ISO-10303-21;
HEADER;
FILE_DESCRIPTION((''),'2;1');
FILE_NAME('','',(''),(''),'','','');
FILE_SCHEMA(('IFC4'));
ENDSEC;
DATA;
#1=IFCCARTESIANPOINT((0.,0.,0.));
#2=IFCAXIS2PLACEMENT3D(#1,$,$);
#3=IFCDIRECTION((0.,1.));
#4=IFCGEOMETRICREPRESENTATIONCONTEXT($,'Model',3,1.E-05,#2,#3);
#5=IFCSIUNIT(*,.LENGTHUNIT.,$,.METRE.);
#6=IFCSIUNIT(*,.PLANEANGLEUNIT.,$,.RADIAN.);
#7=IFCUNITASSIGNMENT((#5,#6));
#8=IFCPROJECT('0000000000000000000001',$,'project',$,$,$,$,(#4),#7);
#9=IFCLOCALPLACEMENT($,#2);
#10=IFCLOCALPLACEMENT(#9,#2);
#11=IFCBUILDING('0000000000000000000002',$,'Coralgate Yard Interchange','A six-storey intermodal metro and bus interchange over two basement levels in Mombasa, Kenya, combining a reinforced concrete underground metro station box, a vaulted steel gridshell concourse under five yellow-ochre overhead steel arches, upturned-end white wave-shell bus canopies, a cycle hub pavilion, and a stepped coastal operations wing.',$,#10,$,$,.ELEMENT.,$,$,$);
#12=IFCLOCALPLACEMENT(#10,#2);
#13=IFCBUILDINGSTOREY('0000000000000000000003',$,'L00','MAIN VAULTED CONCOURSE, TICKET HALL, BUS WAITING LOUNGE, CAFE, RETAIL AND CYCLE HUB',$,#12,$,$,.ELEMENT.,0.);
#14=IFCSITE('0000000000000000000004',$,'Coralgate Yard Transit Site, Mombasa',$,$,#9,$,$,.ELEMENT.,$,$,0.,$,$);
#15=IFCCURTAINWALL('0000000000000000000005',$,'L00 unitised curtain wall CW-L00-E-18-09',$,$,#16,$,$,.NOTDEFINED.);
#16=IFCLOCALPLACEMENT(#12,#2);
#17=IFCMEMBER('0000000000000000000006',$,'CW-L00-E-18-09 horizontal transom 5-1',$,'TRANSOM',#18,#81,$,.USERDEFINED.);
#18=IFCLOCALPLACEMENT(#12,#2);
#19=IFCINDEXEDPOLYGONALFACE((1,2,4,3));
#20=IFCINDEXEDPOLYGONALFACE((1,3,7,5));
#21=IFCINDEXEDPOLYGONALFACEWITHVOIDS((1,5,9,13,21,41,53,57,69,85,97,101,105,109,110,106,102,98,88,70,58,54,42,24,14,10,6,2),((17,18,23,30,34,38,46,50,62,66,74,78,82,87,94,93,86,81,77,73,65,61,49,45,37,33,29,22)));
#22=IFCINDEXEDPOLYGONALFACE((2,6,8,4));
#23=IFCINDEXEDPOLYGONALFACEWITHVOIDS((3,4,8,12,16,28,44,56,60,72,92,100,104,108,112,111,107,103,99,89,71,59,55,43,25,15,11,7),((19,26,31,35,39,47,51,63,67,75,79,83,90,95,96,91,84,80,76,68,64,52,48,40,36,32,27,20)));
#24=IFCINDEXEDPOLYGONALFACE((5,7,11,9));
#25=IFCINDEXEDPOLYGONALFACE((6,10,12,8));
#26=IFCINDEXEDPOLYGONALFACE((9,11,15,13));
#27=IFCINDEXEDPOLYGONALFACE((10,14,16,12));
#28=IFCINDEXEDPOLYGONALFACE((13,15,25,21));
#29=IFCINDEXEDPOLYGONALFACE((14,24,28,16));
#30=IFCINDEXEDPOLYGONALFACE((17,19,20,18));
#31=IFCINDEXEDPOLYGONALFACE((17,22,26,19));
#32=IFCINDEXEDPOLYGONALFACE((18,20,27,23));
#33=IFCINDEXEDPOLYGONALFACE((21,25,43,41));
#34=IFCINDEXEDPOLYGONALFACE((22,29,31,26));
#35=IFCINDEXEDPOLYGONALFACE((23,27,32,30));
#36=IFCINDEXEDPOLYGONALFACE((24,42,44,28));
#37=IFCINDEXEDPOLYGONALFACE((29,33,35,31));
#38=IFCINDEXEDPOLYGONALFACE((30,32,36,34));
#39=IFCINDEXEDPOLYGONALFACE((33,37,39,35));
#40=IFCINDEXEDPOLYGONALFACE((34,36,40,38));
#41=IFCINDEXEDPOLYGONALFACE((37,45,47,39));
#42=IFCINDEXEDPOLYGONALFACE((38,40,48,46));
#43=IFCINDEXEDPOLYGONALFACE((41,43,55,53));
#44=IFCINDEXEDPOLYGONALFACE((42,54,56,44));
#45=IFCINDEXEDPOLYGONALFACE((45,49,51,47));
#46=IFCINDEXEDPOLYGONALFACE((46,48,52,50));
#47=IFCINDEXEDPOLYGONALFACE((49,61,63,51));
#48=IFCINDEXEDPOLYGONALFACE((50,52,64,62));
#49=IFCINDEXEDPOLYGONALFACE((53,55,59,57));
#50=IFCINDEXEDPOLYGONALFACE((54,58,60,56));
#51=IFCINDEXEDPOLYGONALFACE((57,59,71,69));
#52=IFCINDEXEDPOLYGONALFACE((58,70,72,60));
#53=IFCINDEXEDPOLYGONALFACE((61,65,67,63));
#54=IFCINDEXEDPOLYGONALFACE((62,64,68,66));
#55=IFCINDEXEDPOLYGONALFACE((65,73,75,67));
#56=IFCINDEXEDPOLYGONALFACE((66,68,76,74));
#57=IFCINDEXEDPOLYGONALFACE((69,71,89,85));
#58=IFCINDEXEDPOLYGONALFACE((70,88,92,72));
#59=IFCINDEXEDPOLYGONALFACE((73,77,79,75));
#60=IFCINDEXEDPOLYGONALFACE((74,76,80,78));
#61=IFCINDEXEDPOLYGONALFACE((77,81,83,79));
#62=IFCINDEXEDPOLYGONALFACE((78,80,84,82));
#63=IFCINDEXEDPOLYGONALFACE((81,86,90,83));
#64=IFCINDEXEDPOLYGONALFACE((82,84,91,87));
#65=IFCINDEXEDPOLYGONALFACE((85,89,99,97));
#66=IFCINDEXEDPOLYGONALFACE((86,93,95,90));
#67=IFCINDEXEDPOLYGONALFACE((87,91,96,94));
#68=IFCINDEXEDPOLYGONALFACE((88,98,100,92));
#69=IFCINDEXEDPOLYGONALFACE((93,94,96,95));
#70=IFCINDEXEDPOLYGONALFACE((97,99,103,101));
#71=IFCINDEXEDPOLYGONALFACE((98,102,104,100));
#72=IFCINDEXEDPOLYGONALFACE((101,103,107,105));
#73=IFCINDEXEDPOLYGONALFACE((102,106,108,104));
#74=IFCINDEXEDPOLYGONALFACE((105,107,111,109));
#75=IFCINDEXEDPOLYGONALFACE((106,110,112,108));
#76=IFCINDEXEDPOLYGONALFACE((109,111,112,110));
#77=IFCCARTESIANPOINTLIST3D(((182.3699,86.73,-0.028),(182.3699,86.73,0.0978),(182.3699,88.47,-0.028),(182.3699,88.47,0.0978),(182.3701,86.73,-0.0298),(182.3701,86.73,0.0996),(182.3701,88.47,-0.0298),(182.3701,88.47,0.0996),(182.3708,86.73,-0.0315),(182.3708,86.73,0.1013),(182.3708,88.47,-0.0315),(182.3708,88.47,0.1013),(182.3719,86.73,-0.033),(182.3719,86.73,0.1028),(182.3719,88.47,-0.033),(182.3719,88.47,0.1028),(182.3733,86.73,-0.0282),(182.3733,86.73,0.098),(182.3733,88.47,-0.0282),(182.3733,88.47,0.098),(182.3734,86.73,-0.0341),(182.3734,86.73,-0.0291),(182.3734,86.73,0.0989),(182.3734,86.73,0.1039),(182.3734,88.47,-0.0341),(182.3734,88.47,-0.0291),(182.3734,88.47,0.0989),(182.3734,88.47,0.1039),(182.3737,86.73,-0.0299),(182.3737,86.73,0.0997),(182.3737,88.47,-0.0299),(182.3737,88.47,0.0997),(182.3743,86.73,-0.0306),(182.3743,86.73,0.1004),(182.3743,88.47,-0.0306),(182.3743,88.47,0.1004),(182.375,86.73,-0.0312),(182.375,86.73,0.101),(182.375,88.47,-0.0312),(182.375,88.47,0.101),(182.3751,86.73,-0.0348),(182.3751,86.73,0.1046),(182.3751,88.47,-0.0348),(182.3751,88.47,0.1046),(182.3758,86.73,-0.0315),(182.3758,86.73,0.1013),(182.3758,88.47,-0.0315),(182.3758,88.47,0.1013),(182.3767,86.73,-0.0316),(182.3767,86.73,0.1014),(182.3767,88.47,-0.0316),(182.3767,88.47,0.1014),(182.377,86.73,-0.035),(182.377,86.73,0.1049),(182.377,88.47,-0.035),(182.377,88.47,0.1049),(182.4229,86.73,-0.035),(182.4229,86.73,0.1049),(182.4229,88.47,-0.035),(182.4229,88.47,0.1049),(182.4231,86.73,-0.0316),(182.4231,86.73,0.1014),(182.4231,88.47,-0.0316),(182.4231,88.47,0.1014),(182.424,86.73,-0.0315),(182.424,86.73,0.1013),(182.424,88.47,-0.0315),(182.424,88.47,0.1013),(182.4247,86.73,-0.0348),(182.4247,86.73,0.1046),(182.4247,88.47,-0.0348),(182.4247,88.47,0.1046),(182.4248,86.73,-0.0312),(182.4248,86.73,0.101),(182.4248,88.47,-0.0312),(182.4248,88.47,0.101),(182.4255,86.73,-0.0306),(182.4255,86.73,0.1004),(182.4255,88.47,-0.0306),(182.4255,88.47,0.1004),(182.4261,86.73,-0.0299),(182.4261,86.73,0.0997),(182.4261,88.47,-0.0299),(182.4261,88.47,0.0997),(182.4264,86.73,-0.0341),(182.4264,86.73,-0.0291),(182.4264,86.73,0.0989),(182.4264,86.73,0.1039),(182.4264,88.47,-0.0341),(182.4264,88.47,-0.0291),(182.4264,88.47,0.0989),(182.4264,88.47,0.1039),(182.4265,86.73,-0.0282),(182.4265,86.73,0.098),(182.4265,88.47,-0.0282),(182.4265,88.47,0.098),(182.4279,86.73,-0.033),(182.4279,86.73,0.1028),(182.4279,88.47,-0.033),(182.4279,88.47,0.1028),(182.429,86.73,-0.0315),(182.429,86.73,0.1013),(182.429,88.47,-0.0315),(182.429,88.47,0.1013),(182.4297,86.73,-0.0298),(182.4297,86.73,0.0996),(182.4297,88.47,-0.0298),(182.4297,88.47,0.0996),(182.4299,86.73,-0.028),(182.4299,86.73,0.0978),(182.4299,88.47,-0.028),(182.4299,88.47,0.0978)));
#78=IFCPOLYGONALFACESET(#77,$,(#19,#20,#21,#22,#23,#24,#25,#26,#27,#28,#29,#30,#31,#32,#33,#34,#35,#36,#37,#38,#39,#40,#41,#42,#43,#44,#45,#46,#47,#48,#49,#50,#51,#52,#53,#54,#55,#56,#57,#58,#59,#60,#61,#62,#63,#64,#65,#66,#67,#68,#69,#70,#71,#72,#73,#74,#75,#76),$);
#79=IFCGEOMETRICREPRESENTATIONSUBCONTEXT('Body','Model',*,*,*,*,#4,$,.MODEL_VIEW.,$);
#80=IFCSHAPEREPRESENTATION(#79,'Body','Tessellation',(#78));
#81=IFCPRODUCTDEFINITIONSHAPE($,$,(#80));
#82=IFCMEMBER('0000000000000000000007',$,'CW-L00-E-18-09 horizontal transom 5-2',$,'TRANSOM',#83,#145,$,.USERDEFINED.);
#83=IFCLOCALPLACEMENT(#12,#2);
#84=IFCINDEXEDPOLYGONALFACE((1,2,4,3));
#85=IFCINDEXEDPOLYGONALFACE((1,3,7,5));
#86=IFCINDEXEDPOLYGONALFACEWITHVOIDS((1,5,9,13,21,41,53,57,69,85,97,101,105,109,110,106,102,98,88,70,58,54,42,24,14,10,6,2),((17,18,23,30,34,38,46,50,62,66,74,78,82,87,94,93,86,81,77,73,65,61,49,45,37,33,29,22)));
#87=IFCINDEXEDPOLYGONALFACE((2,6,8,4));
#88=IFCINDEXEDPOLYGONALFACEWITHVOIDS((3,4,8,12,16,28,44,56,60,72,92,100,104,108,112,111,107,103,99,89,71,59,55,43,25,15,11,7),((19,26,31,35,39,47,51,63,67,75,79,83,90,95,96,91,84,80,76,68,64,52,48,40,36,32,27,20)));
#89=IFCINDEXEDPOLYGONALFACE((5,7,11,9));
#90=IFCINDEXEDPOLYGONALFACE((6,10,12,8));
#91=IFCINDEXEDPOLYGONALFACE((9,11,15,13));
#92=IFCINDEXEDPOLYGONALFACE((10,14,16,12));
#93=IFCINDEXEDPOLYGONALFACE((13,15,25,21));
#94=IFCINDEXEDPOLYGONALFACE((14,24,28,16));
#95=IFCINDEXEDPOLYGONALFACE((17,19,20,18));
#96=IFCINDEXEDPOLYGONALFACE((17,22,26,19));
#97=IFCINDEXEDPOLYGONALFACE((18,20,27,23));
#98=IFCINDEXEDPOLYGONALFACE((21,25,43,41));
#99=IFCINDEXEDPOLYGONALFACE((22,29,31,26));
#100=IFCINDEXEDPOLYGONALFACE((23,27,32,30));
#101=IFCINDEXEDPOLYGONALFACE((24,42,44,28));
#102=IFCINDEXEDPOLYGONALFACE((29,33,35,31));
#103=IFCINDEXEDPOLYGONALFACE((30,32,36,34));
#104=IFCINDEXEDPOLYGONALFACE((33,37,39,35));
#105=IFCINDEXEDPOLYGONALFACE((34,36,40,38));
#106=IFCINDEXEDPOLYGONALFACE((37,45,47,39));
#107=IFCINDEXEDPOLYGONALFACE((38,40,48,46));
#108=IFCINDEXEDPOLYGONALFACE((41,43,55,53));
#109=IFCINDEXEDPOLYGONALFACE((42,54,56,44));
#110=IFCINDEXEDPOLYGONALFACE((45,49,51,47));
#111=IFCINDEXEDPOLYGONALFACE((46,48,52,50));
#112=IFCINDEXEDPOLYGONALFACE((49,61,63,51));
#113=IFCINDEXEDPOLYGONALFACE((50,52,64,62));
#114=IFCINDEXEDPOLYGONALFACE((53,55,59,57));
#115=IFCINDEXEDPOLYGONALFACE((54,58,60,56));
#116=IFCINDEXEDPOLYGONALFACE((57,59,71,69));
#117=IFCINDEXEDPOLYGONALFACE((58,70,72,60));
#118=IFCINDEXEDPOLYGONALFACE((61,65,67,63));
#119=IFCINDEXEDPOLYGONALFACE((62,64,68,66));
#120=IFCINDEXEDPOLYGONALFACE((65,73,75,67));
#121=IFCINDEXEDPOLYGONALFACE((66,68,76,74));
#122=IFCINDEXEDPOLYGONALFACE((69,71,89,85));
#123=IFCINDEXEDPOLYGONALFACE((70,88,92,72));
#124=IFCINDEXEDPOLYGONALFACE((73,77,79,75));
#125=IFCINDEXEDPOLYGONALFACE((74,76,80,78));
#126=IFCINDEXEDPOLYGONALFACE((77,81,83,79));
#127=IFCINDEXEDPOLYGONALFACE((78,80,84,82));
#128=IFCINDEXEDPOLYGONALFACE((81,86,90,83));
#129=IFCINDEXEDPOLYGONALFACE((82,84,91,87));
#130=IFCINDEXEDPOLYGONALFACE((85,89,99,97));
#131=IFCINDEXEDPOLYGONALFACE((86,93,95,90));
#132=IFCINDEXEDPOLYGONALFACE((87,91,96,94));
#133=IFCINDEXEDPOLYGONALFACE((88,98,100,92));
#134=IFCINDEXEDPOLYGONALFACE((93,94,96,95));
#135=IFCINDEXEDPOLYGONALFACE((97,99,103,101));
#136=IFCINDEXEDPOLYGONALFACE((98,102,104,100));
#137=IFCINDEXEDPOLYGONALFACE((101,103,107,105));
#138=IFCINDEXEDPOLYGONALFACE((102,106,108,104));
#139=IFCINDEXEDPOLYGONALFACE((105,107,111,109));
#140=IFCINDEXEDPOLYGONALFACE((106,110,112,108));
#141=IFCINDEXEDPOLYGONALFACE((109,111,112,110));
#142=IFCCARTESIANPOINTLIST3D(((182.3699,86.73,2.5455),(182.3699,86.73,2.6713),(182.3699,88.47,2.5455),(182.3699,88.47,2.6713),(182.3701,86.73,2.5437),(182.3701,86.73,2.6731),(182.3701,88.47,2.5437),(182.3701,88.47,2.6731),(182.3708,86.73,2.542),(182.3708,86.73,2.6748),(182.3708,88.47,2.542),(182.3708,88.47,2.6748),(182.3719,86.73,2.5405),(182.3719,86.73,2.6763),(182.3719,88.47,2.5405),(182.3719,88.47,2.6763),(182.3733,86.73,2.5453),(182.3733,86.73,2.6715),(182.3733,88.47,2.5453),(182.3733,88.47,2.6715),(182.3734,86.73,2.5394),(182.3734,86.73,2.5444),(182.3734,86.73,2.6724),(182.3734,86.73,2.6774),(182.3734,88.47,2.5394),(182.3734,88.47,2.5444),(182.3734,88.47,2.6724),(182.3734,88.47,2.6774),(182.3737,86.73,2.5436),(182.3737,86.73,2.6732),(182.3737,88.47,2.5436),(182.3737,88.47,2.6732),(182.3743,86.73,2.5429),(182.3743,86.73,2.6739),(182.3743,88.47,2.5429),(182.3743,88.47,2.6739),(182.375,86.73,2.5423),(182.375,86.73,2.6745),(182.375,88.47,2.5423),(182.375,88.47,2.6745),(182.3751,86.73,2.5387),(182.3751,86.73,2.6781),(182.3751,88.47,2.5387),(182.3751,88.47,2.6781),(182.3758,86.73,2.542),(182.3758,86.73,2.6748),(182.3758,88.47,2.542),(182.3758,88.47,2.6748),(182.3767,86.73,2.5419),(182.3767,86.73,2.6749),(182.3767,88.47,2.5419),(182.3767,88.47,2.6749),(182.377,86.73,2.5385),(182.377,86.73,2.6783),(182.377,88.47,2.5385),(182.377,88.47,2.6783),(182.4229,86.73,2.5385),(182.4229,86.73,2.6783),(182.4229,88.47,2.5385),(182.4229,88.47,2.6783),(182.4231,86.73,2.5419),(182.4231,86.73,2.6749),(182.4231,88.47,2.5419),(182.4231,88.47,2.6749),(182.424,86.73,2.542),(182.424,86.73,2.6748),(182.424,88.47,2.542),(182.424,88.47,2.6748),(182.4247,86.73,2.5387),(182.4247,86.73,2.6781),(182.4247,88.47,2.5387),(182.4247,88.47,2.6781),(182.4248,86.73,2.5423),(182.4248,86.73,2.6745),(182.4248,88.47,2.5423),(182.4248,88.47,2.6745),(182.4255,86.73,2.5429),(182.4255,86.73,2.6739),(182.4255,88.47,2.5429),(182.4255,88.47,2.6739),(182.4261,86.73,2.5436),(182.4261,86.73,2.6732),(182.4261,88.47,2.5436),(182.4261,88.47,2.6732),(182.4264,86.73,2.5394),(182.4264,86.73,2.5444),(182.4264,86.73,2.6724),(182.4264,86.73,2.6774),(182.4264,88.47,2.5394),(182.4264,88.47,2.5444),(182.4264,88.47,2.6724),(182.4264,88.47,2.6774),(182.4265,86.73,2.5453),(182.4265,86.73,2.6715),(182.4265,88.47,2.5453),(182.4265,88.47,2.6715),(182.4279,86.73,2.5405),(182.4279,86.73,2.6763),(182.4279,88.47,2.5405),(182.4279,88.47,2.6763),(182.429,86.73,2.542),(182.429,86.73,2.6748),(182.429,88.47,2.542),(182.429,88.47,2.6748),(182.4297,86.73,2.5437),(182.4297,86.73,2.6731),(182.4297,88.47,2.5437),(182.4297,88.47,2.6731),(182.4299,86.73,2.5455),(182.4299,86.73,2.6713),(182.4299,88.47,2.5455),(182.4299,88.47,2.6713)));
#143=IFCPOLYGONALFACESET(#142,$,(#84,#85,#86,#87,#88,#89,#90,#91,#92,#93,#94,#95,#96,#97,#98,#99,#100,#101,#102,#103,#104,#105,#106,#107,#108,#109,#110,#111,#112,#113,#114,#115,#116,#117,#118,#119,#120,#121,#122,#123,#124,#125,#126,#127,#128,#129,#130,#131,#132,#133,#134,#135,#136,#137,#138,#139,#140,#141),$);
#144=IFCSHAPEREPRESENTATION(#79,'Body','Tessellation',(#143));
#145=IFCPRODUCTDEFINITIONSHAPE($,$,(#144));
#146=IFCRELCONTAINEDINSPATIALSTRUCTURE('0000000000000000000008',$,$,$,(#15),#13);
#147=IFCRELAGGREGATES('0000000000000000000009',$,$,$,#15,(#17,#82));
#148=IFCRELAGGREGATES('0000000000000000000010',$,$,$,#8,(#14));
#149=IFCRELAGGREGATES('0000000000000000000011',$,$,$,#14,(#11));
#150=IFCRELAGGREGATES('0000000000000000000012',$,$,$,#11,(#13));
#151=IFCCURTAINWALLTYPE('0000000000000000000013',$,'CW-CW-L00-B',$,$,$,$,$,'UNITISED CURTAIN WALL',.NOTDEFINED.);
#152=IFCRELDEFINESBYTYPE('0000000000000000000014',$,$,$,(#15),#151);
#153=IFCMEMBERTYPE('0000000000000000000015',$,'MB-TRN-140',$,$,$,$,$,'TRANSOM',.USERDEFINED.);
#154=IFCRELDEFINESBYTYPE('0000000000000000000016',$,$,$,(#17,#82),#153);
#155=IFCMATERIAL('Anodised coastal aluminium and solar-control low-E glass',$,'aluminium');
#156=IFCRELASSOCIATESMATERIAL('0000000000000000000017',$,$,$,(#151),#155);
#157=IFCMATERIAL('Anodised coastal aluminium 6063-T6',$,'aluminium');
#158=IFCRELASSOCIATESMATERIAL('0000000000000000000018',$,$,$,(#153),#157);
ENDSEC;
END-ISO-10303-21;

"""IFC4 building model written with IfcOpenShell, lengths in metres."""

from ifc_helpers import new_model, si_unit, direction, frame, origin, origin_2d, place, context, subcontext, project, spatial, hollow_rectangle, extrude, material, material_profile, profile_set, type_object, element, aggregate, save


model = new_model("IFC4")

# Units and contexts
model_context = context("Model", 3, precision=1e-05, world=origin(), true_north=direction((0.0, 1.0)))
body_context = subcontext(model_context, "Body", "Model", "MODEL_VIEW")
ifc_project = project(units=[si_unit("LENGTHUNIT", "METRE"), si_unit("PLANEANGLEUNIT", "RADIAN")], contexts=[model_context])

# Site, building, storey
site_placement = place(None, origin())
site = spatial("IfcSite", under=ifc_project, at=site_placement, Name="Coralgate Yard Transit Site, Mombasa", CompositionType="ELEMENT", RefElevation=0.0)
building_placement = place(site_placement, origin())
building = spatial("IfcBuilding", under=site, at=building_placement, Name="Coralgate Yard Interchange", Description="A six-storey intermodal metro and bus interchange over two basement levels in Mombasa, Kenya, combining a reinforced concrete underground metro station box, a vaulted steel gridshell concourse under five yellow-ochre overhead steel arches, upturned-end white wave-shell bus canopies, a cycle hub pavilion, and a stepped coastal operations wing.", CompositionType="ELEMENT")
storey_placement = place(building_placement, origin())
storey = spatial("IfcBuildingStorey", under=building, at=storey_placement, Name="L00", Description="MAIN VAULTED CONCOURSE, TICKET HALL, BUS WAITING LOUNGE, CAFE, RETAIL AND CYCLE HUB", CompositionType="ELEMENT", Elevation=0.0)

# Shared definitions
ifc_material_1 = material(Name="Anodised coastal aluminium and solar-control low-E glass", Category="aluminium")
curtain_wall_type = type_object("IfcCurtainWallType", Name="CW-CW-L00-B", ElementType="UNITISED CURTAIN WALL", PredefinedType="NOTDEFINED", material=ifc_material_1)
ifc_material_2 = material(Name="Anodised coastal aluminium 6063-T6", Category="aluminium")

# Curtain wall
curtain_wall_1_placement = place(storey_placement, origin())
curtain_wall_1 = element("IfcCurtainWall", 1, at=curtain_wall_1_placement, inside=storey, type_object=curtain_wall_type, Name="L00 unitised curtain wall CW-L00-E-18-09", PredefinedType="NOTDEFINED")

# Members
ifc_material_profile_1 = material_profile(ifc_material_2, hollow_rectangle(XDim=0.0601, YDim=0.1399, WallThickness=0.0034, InnerFilletRadius=0.0034, OuterFilletRadius=0.0071, at=origin_2d()), Name="ALU 60x140x3.5")
ifc_profile_set_1 = profile_set([ifc_material_profile_1], Name="Anodised coastal aluminium 6063-T6")
member_type_1 = type_object("IfcMemberType", Name="MB-TRN-140", ElementType="TRANSOM", PredefinedType="USERDEFINED", material=ifc_profile_set_1)
member_1_placement = place(storey_placement, frame((182.3999, 88.47, 0.0349), z_axis=(0.0, -1.0, 0.0), x_axis=(1.0, 0.0, 0.0)))
member_1 = element("IfcMember", 2, at=member_1_placement, type_object=member_type_1, Name="CW-L00-E-18-09 horizontal transom 5-1", ObjectType="TRANSOM", PredefinedType="USERDEFINED", context=body_context, shape_type="SweptSolid", body=[
    extrude(hollow_rectangle(XDim=0.0601, YDim=0.1399, WallThickness=0.0034, InnerFilletRadius=0.0034, OuterFilletRadius=0.0071, at=origin_2d()), origin(), (0.0, 0.0, 1.0), 1.74),
])
member_2_placement = place(storey_placement, frame((182.3999, 88.47, 2.6084), z_axis=(0.0, -1.0, 0.0), x_axis=(1.0, 0.0, 0.0)))
member_2 = element("IfcMember", 3, at=member_2_placement, type_object=member_type_1, Name="CW-L00-E-18-09 horizontal transom 5-2", ObjectType="TRANSOM", PredefinedType="USERDEFINED", context=body_context, shape_type="SweptSolid", body=[
    extrude(hollow_rectangle(XDim=0.0601, YDim=0.1399, WallThickness=0.0034, InnerFilletRadius=0.0034, OuterFilletRadius=0.0071, at=origin_2d()), origin(), (0.0, 0.0, 1.0), 1.74),
])

aggregate(curtain_wall_1, [member_1, member_2])

save(model, "model.ifc")
